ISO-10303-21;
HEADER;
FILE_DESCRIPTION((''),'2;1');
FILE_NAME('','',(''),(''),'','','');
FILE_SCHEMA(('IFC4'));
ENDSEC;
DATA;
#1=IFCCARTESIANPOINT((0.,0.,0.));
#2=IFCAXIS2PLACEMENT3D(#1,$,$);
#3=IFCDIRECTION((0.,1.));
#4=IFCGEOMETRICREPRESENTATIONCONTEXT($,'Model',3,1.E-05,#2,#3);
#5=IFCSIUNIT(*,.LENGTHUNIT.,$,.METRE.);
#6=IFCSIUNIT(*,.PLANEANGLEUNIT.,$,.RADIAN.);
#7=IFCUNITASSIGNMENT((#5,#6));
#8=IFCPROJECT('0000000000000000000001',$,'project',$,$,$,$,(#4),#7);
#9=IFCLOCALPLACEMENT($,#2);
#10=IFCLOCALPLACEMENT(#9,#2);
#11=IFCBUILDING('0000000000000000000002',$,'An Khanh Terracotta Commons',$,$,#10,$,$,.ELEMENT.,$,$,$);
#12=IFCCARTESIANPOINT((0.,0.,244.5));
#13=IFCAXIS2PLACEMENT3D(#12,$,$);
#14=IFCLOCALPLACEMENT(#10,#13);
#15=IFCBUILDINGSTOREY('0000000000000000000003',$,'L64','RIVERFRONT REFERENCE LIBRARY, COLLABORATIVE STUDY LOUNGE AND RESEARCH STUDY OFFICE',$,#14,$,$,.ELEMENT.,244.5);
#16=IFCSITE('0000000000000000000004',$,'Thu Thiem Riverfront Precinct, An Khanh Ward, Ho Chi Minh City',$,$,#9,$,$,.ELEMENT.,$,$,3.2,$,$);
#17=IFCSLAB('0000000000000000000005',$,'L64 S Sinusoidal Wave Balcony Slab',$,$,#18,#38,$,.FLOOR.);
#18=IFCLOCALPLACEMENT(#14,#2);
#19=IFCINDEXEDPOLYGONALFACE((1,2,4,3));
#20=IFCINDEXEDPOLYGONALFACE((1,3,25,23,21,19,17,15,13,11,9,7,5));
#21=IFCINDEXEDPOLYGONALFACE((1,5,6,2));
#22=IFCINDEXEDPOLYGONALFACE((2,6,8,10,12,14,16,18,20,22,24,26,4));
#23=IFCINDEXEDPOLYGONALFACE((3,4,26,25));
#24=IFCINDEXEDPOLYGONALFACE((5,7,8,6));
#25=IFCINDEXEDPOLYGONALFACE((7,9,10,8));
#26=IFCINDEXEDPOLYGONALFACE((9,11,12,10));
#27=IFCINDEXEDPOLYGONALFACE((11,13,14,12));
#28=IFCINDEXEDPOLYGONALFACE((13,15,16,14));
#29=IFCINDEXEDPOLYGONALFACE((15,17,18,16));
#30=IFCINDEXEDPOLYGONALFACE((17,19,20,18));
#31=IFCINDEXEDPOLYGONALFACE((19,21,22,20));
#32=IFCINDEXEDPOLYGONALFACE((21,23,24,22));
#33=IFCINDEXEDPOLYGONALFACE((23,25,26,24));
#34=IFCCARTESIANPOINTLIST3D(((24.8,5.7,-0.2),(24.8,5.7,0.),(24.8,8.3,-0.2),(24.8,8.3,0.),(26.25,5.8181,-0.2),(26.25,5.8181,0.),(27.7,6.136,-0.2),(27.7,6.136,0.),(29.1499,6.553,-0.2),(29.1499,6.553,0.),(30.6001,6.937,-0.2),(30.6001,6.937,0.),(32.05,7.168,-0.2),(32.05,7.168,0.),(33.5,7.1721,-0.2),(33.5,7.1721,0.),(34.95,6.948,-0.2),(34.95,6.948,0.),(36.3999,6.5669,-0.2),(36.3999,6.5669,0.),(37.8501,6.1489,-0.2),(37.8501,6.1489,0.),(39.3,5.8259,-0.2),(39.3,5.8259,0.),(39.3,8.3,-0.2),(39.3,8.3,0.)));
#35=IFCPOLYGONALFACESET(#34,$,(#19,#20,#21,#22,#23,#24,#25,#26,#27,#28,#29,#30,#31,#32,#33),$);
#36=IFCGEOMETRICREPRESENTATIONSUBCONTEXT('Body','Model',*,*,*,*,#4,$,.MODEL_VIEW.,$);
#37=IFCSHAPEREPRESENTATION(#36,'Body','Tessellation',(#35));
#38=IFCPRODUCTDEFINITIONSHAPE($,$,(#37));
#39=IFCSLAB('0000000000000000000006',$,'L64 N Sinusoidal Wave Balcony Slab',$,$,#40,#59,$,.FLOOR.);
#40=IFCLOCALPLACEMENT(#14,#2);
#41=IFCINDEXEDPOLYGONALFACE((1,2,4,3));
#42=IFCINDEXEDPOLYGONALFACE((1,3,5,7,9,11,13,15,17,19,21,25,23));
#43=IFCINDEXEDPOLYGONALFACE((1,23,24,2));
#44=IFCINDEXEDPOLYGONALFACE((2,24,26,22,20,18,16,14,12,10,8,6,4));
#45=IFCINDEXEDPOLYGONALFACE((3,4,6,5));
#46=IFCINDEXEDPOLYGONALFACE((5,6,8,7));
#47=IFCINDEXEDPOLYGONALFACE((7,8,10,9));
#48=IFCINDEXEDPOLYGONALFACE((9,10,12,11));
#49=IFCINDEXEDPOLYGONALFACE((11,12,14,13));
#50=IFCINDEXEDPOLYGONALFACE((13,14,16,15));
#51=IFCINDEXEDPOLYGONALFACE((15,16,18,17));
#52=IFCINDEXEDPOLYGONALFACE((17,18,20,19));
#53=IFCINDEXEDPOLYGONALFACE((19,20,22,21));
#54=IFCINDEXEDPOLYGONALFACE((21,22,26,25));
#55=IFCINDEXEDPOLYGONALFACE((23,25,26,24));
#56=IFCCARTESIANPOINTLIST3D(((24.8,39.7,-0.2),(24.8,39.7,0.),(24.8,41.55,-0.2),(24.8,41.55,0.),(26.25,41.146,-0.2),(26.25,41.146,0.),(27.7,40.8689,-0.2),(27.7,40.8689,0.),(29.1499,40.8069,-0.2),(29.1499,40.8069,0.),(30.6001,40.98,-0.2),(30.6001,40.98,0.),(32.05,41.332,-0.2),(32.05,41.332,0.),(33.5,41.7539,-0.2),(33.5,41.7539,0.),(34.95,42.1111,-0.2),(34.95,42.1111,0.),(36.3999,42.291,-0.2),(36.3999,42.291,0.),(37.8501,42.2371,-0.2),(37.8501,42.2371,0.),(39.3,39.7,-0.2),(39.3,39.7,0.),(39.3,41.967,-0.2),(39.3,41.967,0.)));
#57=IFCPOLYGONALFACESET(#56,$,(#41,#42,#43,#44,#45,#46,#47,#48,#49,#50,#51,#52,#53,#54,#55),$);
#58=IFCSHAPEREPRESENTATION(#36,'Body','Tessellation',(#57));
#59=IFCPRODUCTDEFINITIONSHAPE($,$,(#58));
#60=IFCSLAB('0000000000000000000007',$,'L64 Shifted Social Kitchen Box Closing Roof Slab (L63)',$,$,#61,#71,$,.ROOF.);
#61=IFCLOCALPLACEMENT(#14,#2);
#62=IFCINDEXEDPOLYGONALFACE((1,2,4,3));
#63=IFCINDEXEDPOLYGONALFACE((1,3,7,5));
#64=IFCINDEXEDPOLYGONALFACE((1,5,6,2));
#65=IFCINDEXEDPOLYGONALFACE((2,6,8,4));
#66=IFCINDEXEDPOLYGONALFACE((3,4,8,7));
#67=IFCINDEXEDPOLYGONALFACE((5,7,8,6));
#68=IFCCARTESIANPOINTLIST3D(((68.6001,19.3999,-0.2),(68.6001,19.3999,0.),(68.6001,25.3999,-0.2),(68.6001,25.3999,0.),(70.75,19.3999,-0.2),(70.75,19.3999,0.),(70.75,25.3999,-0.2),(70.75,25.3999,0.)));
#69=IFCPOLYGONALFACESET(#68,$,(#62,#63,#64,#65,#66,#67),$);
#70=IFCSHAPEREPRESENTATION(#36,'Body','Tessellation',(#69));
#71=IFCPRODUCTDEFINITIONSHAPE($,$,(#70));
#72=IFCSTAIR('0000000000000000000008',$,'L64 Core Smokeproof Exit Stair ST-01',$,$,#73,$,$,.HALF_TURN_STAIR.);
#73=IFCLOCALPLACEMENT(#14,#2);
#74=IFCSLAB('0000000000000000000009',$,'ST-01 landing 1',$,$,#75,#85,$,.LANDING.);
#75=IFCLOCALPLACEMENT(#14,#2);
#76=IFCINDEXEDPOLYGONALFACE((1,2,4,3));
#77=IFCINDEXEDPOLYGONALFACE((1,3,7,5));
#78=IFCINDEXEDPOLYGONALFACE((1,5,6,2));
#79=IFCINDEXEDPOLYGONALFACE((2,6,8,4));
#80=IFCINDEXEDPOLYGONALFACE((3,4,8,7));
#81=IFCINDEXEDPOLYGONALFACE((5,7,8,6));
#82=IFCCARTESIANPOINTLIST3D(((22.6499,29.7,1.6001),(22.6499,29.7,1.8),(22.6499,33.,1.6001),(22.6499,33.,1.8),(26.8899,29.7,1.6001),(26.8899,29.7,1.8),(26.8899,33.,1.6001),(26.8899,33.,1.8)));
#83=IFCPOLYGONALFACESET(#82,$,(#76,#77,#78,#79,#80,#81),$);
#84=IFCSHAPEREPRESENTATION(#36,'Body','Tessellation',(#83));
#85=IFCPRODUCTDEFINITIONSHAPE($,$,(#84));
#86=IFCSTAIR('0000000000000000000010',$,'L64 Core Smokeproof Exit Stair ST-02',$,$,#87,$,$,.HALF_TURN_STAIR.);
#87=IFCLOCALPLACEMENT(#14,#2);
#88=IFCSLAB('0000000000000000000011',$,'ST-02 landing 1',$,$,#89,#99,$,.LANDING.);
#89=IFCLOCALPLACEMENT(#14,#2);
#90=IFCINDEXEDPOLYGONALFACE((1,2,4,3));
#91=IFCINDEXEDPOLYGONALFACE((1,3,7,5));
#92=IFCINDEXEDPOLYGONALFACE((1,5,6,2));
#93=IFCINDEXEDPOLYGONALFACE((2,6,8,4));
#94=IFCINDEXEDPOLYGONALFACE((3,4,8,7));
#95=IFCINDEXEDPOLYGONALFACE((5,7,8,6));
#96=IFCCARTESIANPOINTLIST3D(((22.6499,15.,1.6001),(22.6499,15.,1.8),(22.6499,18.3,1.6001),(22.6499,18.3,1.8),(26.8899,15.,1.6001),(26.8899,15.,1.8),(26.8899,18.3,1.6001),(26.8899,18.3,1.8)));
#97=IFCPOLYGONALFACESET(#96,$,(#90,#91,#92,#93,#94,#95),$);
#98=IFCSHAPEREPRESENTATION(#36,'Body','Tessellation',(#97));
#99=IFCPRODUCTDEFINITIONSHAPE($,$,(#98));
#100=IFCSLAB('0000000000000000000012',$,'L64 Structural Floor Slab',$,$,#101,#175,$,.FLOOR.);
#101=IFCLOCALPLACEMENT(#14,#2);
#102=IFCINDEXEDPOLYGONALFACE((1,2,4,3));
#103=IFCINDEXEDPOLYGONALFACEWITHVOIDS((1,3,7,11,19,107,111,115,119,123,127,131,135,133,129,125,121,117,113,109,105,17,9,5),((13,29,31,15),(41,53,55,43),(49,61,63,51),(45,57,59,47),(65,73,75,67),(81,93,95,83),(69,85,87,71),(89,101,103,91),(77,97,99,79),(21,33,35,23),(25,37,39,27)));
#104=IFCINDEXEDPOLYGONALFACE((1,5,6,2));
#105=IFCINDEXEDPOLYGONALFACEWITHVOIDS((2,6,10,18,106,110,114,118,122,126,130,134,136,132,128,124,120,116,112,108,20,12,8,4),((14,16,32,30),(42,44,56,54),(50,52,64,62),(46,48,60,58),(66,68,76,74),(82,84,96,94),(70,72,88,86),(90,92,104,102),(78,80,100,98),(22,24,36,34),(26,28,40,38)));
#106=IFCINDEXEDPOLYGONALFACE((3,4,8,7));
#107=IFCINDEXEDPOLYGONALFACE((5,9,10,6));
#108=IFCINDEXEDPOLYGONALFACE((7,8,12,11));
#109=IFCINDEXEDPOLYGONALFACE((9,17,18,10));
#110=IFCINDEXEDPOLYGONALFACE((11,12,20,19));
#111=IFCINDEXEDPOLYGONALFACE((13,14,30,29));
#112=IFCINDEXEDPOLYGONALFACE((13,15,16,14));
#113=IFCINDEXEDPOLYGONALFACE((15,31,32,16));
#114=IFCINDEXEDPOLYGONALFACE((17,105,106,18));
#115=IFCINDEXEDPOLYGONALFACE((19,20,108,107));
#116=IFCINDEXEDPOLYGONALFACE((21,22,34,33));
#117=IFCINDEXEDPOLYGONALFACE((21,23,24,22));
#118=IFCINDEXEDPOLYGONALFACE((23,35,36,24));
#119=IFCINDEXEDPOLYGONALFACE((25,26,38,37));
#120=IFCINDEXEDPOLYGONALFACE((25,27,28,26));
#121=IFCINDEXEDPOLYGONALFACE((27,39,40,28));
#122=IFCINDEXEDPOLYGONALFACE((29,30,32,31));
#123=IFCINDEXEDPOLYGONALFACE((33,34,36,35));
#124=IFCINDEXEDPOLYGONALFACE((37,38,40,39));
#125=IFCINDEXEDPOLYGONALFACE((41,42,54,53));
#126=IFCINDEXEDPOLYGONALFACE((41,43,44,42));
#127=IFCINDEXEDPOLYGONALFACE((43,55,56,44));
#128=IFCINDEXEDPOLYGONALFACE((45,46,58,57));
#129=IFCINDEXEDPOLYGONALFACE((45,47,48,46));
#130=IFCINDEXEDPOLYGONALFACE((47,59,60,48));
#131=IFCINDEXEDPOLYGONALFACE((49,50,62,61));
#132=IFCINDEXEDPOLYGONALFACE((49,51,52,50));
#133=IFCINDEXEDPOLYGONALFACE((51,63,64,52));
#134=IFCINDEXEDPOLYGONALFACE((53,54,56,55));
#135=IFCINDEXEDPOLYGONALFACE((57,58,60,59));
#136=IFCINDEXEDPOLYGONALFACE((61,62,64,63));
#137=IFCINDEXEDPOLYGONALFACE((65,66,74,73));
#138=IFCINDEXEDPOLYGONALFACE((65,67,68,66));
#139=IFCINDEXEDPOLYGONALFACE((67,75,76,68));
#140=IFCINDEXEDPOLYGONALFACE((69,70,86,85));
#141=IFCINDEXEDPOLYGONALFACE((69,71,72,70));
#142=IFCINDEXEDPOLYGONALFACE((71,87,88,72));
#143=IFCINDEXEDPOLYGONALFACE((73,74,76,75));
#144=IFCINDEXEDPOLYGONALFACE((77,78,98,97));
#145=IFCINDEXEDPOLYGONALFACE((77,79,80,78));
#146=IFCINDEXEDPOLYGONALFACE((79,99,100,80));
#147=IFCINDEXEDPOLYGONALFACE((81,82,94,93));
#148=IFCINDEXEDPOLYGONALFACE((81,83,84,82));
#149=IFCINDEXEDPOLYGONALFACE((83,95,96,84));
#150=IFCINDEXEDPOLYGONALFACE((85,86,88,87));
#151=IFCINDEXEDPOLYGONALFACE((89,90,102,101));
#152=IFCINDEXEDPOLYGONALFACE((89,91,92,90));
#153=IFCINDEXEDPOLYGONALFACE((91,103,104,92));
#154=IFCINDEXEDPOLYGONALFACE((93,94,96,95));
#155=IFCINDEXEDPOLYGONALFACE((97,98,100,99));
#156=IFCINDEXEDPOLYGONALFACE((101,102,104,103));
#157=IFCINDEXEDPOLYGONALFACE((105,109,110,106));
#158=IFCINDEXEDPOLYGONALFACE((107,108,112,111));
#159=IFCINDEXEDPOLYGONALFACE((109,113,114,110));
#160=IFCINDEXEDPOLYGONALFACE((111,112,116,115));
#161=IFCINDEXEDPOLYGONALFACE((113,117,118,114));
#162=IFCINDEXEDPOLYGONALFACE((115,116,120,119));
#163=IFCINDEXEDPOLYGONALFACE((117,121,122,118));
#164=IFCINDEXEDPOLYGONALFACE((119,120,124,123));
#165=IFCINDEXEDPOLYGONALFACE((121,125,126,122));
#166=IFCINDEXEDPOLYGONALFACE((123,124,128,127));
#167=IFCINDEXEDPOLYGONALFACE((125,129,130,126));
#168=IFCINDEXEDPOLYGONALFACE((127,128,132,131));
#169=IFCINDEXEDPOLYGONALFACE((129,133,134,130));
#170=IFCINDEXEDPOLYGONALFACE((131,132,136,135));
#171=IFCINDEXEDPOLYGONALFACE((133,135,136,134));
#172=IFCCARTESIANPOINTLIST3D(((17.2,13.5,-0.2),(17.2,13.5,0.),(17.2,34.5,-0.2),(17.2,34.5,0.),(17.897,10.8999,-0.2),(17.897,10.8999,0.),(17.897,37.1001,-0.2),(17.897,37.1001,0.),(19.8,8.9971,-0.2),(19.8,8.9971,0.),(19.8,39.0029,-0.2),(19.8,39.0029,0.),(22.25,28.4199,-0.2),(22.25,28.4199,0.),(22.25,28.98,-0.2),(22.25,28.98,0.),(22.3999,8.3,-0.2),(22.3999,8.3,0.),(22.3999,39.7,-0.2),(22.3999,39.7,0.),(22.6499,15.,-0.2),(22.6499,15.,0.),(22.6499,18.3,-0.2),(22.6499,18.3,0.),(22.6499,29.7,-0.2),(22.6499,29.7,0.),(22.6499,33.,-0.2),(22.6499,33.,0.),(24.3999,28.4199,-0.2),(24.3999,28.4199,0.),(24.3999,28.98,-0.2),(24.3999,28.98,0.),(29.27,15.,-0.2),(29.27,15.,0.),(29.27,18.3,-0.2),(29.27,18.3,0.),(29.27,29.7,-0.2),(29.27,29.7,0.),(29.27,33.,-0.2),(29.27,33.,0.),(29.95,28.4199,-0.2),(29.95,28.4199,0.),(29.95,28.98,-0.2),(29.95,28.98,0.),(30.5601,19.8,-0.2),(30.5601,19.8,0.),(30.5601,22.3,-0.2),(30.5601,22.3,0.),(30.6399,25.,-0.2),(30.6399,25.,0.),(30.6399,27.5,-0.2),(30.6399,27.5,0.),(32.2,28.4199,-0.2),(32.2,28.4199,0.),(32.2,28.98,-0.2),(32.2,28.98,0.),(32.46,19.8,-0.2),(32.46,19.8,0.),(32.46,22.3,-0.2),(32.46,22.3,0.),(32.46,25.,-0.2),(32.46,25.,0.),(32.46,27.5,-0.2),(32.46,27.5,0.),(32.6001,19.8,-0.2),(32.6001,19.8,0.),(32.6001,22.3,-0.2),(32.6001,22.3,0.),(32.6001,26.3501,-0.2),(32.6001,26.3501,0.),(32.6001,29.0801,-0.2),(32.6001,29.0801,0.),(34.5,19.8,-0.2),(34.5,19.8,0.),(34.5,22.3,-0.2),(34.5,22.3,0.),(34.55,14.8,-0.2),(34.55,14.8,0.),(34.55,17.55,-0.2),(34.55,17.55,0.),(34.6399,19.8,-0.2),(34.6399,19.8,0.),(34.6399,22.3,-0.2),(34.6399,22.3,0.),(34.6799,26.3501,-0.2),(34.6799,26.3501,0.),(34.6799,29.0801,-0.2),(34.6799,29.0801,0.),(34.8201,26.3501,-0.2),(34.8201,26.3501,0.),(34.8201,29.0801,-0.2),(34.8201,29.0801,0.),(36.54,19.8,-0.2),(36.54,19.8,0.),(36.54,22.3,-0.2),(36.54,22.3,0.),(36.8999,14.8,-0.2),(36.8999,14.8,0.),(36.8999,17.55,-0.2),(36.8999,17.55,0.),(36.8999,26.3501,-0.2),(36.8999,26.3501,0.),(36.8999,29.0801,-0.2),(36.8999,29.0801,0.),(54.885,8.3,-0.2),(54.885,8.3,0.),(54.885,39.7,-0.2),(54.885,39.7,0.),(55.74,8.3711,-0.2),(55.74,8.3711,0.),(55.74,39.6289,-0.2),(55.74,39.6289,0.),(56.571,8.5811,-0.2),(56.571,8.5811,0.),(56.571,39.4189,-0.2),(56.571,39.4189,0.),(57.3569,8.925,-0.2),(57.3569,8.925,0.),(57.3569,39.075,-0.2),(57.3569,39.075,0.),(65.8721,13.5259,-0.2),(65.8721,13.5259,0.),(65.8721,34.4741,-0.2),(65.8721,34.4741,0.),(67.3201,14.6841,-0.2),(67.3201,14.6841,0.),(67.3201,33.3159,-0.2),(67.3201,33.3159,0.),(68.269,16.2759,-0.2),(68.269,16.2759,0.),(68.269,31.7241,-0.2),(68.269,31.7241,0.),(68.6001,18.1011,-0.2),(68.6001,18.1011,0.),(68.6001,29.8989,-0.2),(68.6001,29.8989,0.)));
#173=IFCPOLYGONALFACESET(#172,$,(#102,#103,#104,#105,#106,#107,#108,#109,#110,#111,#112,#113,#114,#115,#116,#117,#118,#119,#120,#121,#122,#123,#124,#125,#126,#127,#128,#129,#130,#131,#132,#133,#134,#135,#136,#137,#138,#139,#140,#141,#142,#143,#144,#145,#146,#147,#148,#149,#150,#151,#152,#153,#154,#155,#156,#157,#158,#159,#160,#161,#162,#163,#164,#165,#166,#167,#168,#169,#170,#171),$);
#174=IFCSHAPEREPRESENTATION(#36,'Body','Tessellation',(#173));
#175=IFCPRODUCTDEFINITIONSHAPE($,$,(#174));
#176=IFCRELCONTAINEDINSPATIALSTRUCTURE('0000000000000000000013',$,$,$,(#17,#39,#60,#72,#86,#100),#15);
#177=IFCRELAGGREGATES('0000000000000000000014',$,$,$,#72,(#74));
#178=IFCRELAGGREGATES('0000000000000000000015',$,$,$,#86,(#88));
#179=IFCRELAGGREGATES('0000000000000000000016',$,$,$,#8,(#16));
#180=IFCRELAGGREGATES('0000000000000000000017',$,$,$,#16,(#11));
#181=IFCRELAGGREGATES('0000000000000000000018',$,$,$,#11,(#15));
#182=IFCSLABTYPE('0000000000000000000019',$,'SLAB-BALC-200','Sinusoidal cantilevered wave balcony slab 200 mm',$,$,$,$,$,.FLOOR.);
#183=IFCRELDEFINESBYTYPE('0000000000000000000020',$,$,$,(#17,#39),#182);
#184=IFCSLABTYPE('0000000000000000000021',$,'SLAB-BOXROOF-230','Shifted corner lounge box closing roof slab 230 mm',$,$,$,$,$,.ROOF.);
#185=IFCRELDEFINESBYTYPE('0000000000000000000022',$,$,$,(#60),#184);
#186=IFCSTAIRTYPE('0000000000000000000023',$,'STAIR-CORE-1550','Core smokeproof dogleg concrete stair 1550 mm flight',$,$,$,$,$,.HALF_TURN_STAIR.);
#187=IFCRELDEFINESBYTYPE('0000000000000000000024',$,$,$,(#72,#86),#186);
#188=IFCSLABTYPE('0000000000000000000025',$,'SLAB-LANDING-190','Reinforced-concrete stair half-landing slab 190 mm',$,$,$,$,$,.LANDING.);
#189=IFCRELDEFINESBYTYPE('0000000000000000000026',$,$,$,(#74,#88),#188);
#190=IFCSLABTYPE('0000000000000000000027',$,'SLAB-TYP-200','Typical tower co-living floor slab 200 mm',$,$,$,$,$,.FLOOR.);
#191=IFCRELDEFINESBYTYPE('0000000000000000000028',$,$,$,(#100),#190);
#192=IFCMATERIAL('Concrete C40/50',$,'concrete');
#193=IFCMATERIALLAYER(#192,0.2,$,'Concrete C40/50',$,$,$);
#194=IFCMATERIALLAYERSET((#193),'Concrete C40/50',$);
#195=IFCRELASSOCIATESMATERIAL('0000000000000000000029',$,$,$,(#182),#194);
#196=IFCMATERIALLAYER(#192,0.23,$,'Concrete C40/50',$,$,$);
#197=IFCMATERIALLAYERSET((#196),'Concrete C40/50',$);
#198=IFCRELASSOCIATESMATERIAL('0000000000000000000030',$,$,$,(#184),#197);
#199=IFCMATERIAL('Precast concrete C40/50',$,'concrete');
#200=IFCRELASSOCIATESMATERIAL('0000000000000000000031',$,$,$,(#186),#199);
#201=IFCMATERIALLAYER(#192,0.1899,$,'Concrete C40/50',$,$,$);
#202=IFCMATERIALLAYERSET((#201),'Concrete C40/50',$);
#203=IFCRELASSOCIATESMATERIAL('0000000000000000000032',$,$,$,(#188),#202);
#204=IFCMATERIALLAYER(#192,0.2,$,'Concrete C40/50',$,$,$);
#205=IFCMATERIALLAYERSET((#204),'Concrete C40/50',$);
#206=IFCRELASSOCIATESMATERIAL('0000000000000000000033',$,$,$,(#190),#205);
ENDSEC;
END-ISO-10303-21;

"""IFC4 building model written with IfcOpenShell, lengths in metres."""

from ifc_helpers import new_model, si_unit, direction, frame, origin, place, context, subcontext, project, spatial, polyline, outline, extrude, material, layer, layer_set, type_object, element, aggregate, save


model = new_model("IFC4")

# Units and contexts
model_context = context("Model", 3, precision=1e-05, world=origin(), true_north=direction((0.0, 1.0)))
body_context = subcontext(model_context, "Body", "Model", "MODEL_VIEW")
ifc_project = project(units=[si_unit("LENGTHUNIT", "METRE"), si_unit("PLANEANGLEUNIT", "RADIAN")], contexts=[model_context])

# Site, building, storey
site_placement = place(None, origin())
site = spatial("IfcSite", under=ifc_project, at=site_placement, Name="Thu Thiem Riverfront Precinct, An Khanh Ward, Ho Chi Minh City", CompositionType="ELEMENT", RefElevation=3.2)
building_placement = place(site_placement, origin())
building = spatial("IfcBuilding", under=site, at=building_placement, Name="An Khanh Terracotta Commons", CompositionType="ELEMENT")
storey_placement = place(building_placement, frame((0.0, 0.0, 244.5)))
storey = spatial("IfcBuildingStorey", under=building, at=storey_placement, Name="L64", Description="RIVERFRONT REFERENCE LIBRARY, COLLABORATIVE STUDY LOUNGE AND RESEARCH STUDY OFFICE", CompositionType="ELEMENT", Elevation=244.5)

# Slabs
ifc_material_1 = material(Name="Concrete C40/50", Category="concrete")
ifc_layer_1 = layer(ifc_material_1, 0.2, Name="Concrete C40/50")
ifc_layer_set_1 = layer_set([ifc_layer_1], Name="Concrete C40/50")
slab_type_1 = type_object("IfcSlabType", Name="SLAB-BALC-200", Description="Sinusoidal cantilevered wave balcony slab 200 mm", PredefinedType="FLOOR", material=ifc_layer_set_1)
slab_1_placement = place(storey_placement, frame((0.0, 0.0, -0.2)))
element("IfcSlab", 1, at=slab_1_placement, inside=storey, type_object=slab_type_1, Name="L64 S Sinusoidal Wave Balcony Slab", PredefinedType="FLOOR", context=body_context, shape_type="SweptSolid", body=[
    extrude(outline(polyline([(24.8, 8.3), (24.8, 5.7), (26.25, 5.8181), (27.7, 6.136), (29.1499, 6.553), (30.6001, 6.937), (32.05, 7.168), (33.5, 7.1721), (34.95, 6.948), (36.3999, 6.5669), (37.8501, 6.1489), (39.3, 5.8259), (39.3, 8.3), (24.8, 8.3)])), origin(), (0.0, 0.0, 1.0), 0.2),
])
slab_2_placement = place(storey_placement, frame((0.0, 0.0, -0.2)))
element("IfcSlab", 2, at=slab_2_placement, inside=storey, type_object=slab_type_1, Name="L64 N Sinusoidal Wave Balcony Slab", PredefinedType="FLOOR", context=body_context, shape_type="SweptSolid", body=[
    extrude(outline(polyline([(39.3, 39.7), (39.3, 41.967), (37.8501, 42.2371), (36.3999, 42.291), (34.95, 42.1111), (33.5, 41.7539), (32.05, 41.332), (30.6001, 40.98), (29.1499, 40.8069), (27.7, 40.8689), (26.25, 41.146), (24.8, 41.55), (24.8, 39.7), (39.3, 39.7)])), origin(), (0.0, 0.0, 1.0), 0.2),
])
ifc_layer_2 = layer(ifc_material_1, 0.23, Name="Concrete C40/50")
ifc_layer_set_2 = layer_set([ifc_layer_2], Name="Concrete C40/50")
slab_type_2 = type_object("IfcSlabType", Name="SLAB-BOXROOF-230", Description="Shifted corner lounge box closing roof slab 230 mm", PredefinedType="ROOF", material=ifc_layer_set_2)
slab_3_placement = place(storey_placement, frame((0.0, 0.0, -0.2)))
element("IfcSlab", 3, at=slab_3_placement, inside=storey, type_object=slab_type_2, Name="L64 Shifted Social Kitchen Box Closing Roof Slab (L63)", PredefinedType="ROOF", context=body_context, shape_type="SweptSolid", body=[
    extrude(outline(polyline([(68.6001, 19.3999), (70.75, 19.3999), (70.75, 25.3999), (68.6001, 25.3999), (68.6001, 19.3999)])), origin(), (0.0, 0.0, 1.0), 0.2),
])

# Stairs, slabs
ifc_material_2 = material(Name="Precast concrete C40/50", Category="concrete")
stair_type = type_object("IfcStairType", Name="STAIR-CORE-1550", Description="Core smokeproof dogleg concrete stair 1550 mm flight", PredefinedType="HALF_TURN_STAIR", material=ifc_material_2)
stair_1_placement = place(storey_placement, origin())
stair_1 = element("IfcStair", 4, at=stair_1_placement, inside=storey, type_object=stair_type, Name="L64 Core Smokeproof Exit Stair ST-01", PredefinedType="HALF_TURN_STAIR")
ifc_layer_3 = layer(ifc_material_1, 0.1899, Name="Concrete C40/50")
ifc_layer_set_3 = layer_set([ifc_layer_3], Name="Concrete C40/50")
slab_type_3 = type_object("IfcSlabType", Name="SLAB-LANDING-190", Description="Reinforced-concrete stair half-landing slab 190 mm", PredefinedType="LANDING", material=ifc_layer_set_3)
slab_4_placement = place(storey_placement, frame((0.0, 0.0, 1.6001)))
slab_4 = element("IfcSlab", 5, at=slab_4_placement, type_object=slab_type_3, Name="ST-01 landing 1", PredefinedType="LANDING", context=body_context, shape_type="SweptSolid", body=[
    extrude(outline(polyline([(26.8899, 33.0), (22.6499, 33.0), (22.6499, 29.7), (26.8899, 29.7), (26.8899, 33.0)])), origin(), (0.0, 0.0, 1.0), 0.2),
])
aggregate(stair_1, [slab_4])
stair_2_placement = place(storey_placement, origin())
stair_2 = element("IfcStair", 6, at=stair_2_placement, inside=storey, type_object=stair_type, Name="L64 Core Smokeproof Exit Stair ST-02", PredefinedType="HALF_TURN_STAIR")
slab_5_placement = place(storey_placement, frame((0.0, 0.0, 1.6001)))
slab_5 = element("IfcSlab", 7, at=slab_5_placement, type_object=slab_type_3, Name="ST-02 landing 1", PredefinedType="LANDING", context=body_context, shape_type="SweptSolid", body=[
    extrude(outline(polyline([(26.8899, 18.3), (22.6499, 18.3), (22.6499, 15.0), (26.8899, 15.0), (26.8899, 18.3)])), origin(), (0.0, 0.0, 1.0), 0.2),
])
aggregate(stair_2, [slab_5])

# Slab
ifc_layer_4 = layer(ifc_material_1, 0.2, Name="Concrete C40/50")
ifc_layer_set_4 = layer_set([ifc_layer_4], Name="Concrete C40/50")
slab_type_4 = type_object("IfcSlabType", Name="SLAB-TYP-200", Description="Typical tower co-living floor slab 200 mm", PredefinedType="FLOOR", material=ifc_layer_set_4)
slab_6_placement = place(storey_placement, frame((0.0, 0.0, -0.2)))
element("IfcSlab", 8, at=slab_6_placement, inside=storey, type_object=slab_type_4, Name="L64 Structural Floor Slab", PredefinedType="FLOOR", context=body_context, shape_type="SweptSolid", body=[
    extrude(outline(polyline([(17.2, 13.5), (17.897, 10.8999), (19.8, 8.9971), (22.3999, 8.3), (54.885, 8.3), (55.74, 8.3711), (56.571, 8.5811), (57.3569, 8.925), (65.8721, 13.5259), (67.3201, 14.6841), (68.269, 16.2759), (68.6001, 18.1011), (68.6001, 29.8989), (68.269, 31.7241), (67.3201, 33.3159), (65.8721, 34.4741), (57.3569, 39.075), (56.571, 39.4189), (55.74, 39.6289), (54.885, 39.7), (22.3999, 39.7), (19.8, 39.0029), (17.897, 37.1001), (17.2, 34.5), (17.2, 13.5)]), holes=[polyline([(22.6499, 29.7), (29.27, 29.7), (29.27, 33.0), (22.6499, 33.0), (22.6499, 29.7)]), polyline([(22.6499, 15.0), (29.27, 15.0), (29.27, 18.3), (22.6499, 18.3), (22.6499, 15.0)]), polyline([(32.6001, 26.3501), (34.6799, 26.3501), (34.6799, 29.0801), (32.6001, 29.0801), (32.6001, 26.3501)]), polyline([(34.8201, 26.3501), (36.8999, 26.3501), (36.8999, 29.0801), (34.8201, 29.0801), (34.8201, 26.3501)]), polyline([(34.55, 14.8), (36.8999, 14.8), (36.8999, 17.55), (34.55, 17.55), (34.55, 14.8)]), polyline([(30.6399, 25.0), (32.46, 25.0), (32.46, 27.5), (30.6399, 27.5), (30.6399, 25.0)]), polyline([(30.5601, 19.8), (32.46, 19.8), (32.46, 22.3), (30.5601, 22.3), (30.5601, 19.8)]), polyline([(32.6001, 19.8), (34.5, 19.8), (34.5, 22.3), (32.6001, 22.3), (32.6001, 19.8)]), polyline([(34.6399, 19.8), (36.54, 19.8), (36.54, 22.3), (34.6399, 22.3), (34.6399, 19.8)]), polyline([(22.25, 28.4199), (24.3999, 28.4199), (24.3999, 28.98), (22.25, 28.98), (22.25, 28.4199)]), polyline([(29.95, 28.4199), (32.2, 28.4199), (32.2, 28.98), (29.95, 28.98), (29.95, 28.4199)])]), origin(), (0.0, 0.0, 1.0), 0.2),
])

save(model, "model.ifc")
